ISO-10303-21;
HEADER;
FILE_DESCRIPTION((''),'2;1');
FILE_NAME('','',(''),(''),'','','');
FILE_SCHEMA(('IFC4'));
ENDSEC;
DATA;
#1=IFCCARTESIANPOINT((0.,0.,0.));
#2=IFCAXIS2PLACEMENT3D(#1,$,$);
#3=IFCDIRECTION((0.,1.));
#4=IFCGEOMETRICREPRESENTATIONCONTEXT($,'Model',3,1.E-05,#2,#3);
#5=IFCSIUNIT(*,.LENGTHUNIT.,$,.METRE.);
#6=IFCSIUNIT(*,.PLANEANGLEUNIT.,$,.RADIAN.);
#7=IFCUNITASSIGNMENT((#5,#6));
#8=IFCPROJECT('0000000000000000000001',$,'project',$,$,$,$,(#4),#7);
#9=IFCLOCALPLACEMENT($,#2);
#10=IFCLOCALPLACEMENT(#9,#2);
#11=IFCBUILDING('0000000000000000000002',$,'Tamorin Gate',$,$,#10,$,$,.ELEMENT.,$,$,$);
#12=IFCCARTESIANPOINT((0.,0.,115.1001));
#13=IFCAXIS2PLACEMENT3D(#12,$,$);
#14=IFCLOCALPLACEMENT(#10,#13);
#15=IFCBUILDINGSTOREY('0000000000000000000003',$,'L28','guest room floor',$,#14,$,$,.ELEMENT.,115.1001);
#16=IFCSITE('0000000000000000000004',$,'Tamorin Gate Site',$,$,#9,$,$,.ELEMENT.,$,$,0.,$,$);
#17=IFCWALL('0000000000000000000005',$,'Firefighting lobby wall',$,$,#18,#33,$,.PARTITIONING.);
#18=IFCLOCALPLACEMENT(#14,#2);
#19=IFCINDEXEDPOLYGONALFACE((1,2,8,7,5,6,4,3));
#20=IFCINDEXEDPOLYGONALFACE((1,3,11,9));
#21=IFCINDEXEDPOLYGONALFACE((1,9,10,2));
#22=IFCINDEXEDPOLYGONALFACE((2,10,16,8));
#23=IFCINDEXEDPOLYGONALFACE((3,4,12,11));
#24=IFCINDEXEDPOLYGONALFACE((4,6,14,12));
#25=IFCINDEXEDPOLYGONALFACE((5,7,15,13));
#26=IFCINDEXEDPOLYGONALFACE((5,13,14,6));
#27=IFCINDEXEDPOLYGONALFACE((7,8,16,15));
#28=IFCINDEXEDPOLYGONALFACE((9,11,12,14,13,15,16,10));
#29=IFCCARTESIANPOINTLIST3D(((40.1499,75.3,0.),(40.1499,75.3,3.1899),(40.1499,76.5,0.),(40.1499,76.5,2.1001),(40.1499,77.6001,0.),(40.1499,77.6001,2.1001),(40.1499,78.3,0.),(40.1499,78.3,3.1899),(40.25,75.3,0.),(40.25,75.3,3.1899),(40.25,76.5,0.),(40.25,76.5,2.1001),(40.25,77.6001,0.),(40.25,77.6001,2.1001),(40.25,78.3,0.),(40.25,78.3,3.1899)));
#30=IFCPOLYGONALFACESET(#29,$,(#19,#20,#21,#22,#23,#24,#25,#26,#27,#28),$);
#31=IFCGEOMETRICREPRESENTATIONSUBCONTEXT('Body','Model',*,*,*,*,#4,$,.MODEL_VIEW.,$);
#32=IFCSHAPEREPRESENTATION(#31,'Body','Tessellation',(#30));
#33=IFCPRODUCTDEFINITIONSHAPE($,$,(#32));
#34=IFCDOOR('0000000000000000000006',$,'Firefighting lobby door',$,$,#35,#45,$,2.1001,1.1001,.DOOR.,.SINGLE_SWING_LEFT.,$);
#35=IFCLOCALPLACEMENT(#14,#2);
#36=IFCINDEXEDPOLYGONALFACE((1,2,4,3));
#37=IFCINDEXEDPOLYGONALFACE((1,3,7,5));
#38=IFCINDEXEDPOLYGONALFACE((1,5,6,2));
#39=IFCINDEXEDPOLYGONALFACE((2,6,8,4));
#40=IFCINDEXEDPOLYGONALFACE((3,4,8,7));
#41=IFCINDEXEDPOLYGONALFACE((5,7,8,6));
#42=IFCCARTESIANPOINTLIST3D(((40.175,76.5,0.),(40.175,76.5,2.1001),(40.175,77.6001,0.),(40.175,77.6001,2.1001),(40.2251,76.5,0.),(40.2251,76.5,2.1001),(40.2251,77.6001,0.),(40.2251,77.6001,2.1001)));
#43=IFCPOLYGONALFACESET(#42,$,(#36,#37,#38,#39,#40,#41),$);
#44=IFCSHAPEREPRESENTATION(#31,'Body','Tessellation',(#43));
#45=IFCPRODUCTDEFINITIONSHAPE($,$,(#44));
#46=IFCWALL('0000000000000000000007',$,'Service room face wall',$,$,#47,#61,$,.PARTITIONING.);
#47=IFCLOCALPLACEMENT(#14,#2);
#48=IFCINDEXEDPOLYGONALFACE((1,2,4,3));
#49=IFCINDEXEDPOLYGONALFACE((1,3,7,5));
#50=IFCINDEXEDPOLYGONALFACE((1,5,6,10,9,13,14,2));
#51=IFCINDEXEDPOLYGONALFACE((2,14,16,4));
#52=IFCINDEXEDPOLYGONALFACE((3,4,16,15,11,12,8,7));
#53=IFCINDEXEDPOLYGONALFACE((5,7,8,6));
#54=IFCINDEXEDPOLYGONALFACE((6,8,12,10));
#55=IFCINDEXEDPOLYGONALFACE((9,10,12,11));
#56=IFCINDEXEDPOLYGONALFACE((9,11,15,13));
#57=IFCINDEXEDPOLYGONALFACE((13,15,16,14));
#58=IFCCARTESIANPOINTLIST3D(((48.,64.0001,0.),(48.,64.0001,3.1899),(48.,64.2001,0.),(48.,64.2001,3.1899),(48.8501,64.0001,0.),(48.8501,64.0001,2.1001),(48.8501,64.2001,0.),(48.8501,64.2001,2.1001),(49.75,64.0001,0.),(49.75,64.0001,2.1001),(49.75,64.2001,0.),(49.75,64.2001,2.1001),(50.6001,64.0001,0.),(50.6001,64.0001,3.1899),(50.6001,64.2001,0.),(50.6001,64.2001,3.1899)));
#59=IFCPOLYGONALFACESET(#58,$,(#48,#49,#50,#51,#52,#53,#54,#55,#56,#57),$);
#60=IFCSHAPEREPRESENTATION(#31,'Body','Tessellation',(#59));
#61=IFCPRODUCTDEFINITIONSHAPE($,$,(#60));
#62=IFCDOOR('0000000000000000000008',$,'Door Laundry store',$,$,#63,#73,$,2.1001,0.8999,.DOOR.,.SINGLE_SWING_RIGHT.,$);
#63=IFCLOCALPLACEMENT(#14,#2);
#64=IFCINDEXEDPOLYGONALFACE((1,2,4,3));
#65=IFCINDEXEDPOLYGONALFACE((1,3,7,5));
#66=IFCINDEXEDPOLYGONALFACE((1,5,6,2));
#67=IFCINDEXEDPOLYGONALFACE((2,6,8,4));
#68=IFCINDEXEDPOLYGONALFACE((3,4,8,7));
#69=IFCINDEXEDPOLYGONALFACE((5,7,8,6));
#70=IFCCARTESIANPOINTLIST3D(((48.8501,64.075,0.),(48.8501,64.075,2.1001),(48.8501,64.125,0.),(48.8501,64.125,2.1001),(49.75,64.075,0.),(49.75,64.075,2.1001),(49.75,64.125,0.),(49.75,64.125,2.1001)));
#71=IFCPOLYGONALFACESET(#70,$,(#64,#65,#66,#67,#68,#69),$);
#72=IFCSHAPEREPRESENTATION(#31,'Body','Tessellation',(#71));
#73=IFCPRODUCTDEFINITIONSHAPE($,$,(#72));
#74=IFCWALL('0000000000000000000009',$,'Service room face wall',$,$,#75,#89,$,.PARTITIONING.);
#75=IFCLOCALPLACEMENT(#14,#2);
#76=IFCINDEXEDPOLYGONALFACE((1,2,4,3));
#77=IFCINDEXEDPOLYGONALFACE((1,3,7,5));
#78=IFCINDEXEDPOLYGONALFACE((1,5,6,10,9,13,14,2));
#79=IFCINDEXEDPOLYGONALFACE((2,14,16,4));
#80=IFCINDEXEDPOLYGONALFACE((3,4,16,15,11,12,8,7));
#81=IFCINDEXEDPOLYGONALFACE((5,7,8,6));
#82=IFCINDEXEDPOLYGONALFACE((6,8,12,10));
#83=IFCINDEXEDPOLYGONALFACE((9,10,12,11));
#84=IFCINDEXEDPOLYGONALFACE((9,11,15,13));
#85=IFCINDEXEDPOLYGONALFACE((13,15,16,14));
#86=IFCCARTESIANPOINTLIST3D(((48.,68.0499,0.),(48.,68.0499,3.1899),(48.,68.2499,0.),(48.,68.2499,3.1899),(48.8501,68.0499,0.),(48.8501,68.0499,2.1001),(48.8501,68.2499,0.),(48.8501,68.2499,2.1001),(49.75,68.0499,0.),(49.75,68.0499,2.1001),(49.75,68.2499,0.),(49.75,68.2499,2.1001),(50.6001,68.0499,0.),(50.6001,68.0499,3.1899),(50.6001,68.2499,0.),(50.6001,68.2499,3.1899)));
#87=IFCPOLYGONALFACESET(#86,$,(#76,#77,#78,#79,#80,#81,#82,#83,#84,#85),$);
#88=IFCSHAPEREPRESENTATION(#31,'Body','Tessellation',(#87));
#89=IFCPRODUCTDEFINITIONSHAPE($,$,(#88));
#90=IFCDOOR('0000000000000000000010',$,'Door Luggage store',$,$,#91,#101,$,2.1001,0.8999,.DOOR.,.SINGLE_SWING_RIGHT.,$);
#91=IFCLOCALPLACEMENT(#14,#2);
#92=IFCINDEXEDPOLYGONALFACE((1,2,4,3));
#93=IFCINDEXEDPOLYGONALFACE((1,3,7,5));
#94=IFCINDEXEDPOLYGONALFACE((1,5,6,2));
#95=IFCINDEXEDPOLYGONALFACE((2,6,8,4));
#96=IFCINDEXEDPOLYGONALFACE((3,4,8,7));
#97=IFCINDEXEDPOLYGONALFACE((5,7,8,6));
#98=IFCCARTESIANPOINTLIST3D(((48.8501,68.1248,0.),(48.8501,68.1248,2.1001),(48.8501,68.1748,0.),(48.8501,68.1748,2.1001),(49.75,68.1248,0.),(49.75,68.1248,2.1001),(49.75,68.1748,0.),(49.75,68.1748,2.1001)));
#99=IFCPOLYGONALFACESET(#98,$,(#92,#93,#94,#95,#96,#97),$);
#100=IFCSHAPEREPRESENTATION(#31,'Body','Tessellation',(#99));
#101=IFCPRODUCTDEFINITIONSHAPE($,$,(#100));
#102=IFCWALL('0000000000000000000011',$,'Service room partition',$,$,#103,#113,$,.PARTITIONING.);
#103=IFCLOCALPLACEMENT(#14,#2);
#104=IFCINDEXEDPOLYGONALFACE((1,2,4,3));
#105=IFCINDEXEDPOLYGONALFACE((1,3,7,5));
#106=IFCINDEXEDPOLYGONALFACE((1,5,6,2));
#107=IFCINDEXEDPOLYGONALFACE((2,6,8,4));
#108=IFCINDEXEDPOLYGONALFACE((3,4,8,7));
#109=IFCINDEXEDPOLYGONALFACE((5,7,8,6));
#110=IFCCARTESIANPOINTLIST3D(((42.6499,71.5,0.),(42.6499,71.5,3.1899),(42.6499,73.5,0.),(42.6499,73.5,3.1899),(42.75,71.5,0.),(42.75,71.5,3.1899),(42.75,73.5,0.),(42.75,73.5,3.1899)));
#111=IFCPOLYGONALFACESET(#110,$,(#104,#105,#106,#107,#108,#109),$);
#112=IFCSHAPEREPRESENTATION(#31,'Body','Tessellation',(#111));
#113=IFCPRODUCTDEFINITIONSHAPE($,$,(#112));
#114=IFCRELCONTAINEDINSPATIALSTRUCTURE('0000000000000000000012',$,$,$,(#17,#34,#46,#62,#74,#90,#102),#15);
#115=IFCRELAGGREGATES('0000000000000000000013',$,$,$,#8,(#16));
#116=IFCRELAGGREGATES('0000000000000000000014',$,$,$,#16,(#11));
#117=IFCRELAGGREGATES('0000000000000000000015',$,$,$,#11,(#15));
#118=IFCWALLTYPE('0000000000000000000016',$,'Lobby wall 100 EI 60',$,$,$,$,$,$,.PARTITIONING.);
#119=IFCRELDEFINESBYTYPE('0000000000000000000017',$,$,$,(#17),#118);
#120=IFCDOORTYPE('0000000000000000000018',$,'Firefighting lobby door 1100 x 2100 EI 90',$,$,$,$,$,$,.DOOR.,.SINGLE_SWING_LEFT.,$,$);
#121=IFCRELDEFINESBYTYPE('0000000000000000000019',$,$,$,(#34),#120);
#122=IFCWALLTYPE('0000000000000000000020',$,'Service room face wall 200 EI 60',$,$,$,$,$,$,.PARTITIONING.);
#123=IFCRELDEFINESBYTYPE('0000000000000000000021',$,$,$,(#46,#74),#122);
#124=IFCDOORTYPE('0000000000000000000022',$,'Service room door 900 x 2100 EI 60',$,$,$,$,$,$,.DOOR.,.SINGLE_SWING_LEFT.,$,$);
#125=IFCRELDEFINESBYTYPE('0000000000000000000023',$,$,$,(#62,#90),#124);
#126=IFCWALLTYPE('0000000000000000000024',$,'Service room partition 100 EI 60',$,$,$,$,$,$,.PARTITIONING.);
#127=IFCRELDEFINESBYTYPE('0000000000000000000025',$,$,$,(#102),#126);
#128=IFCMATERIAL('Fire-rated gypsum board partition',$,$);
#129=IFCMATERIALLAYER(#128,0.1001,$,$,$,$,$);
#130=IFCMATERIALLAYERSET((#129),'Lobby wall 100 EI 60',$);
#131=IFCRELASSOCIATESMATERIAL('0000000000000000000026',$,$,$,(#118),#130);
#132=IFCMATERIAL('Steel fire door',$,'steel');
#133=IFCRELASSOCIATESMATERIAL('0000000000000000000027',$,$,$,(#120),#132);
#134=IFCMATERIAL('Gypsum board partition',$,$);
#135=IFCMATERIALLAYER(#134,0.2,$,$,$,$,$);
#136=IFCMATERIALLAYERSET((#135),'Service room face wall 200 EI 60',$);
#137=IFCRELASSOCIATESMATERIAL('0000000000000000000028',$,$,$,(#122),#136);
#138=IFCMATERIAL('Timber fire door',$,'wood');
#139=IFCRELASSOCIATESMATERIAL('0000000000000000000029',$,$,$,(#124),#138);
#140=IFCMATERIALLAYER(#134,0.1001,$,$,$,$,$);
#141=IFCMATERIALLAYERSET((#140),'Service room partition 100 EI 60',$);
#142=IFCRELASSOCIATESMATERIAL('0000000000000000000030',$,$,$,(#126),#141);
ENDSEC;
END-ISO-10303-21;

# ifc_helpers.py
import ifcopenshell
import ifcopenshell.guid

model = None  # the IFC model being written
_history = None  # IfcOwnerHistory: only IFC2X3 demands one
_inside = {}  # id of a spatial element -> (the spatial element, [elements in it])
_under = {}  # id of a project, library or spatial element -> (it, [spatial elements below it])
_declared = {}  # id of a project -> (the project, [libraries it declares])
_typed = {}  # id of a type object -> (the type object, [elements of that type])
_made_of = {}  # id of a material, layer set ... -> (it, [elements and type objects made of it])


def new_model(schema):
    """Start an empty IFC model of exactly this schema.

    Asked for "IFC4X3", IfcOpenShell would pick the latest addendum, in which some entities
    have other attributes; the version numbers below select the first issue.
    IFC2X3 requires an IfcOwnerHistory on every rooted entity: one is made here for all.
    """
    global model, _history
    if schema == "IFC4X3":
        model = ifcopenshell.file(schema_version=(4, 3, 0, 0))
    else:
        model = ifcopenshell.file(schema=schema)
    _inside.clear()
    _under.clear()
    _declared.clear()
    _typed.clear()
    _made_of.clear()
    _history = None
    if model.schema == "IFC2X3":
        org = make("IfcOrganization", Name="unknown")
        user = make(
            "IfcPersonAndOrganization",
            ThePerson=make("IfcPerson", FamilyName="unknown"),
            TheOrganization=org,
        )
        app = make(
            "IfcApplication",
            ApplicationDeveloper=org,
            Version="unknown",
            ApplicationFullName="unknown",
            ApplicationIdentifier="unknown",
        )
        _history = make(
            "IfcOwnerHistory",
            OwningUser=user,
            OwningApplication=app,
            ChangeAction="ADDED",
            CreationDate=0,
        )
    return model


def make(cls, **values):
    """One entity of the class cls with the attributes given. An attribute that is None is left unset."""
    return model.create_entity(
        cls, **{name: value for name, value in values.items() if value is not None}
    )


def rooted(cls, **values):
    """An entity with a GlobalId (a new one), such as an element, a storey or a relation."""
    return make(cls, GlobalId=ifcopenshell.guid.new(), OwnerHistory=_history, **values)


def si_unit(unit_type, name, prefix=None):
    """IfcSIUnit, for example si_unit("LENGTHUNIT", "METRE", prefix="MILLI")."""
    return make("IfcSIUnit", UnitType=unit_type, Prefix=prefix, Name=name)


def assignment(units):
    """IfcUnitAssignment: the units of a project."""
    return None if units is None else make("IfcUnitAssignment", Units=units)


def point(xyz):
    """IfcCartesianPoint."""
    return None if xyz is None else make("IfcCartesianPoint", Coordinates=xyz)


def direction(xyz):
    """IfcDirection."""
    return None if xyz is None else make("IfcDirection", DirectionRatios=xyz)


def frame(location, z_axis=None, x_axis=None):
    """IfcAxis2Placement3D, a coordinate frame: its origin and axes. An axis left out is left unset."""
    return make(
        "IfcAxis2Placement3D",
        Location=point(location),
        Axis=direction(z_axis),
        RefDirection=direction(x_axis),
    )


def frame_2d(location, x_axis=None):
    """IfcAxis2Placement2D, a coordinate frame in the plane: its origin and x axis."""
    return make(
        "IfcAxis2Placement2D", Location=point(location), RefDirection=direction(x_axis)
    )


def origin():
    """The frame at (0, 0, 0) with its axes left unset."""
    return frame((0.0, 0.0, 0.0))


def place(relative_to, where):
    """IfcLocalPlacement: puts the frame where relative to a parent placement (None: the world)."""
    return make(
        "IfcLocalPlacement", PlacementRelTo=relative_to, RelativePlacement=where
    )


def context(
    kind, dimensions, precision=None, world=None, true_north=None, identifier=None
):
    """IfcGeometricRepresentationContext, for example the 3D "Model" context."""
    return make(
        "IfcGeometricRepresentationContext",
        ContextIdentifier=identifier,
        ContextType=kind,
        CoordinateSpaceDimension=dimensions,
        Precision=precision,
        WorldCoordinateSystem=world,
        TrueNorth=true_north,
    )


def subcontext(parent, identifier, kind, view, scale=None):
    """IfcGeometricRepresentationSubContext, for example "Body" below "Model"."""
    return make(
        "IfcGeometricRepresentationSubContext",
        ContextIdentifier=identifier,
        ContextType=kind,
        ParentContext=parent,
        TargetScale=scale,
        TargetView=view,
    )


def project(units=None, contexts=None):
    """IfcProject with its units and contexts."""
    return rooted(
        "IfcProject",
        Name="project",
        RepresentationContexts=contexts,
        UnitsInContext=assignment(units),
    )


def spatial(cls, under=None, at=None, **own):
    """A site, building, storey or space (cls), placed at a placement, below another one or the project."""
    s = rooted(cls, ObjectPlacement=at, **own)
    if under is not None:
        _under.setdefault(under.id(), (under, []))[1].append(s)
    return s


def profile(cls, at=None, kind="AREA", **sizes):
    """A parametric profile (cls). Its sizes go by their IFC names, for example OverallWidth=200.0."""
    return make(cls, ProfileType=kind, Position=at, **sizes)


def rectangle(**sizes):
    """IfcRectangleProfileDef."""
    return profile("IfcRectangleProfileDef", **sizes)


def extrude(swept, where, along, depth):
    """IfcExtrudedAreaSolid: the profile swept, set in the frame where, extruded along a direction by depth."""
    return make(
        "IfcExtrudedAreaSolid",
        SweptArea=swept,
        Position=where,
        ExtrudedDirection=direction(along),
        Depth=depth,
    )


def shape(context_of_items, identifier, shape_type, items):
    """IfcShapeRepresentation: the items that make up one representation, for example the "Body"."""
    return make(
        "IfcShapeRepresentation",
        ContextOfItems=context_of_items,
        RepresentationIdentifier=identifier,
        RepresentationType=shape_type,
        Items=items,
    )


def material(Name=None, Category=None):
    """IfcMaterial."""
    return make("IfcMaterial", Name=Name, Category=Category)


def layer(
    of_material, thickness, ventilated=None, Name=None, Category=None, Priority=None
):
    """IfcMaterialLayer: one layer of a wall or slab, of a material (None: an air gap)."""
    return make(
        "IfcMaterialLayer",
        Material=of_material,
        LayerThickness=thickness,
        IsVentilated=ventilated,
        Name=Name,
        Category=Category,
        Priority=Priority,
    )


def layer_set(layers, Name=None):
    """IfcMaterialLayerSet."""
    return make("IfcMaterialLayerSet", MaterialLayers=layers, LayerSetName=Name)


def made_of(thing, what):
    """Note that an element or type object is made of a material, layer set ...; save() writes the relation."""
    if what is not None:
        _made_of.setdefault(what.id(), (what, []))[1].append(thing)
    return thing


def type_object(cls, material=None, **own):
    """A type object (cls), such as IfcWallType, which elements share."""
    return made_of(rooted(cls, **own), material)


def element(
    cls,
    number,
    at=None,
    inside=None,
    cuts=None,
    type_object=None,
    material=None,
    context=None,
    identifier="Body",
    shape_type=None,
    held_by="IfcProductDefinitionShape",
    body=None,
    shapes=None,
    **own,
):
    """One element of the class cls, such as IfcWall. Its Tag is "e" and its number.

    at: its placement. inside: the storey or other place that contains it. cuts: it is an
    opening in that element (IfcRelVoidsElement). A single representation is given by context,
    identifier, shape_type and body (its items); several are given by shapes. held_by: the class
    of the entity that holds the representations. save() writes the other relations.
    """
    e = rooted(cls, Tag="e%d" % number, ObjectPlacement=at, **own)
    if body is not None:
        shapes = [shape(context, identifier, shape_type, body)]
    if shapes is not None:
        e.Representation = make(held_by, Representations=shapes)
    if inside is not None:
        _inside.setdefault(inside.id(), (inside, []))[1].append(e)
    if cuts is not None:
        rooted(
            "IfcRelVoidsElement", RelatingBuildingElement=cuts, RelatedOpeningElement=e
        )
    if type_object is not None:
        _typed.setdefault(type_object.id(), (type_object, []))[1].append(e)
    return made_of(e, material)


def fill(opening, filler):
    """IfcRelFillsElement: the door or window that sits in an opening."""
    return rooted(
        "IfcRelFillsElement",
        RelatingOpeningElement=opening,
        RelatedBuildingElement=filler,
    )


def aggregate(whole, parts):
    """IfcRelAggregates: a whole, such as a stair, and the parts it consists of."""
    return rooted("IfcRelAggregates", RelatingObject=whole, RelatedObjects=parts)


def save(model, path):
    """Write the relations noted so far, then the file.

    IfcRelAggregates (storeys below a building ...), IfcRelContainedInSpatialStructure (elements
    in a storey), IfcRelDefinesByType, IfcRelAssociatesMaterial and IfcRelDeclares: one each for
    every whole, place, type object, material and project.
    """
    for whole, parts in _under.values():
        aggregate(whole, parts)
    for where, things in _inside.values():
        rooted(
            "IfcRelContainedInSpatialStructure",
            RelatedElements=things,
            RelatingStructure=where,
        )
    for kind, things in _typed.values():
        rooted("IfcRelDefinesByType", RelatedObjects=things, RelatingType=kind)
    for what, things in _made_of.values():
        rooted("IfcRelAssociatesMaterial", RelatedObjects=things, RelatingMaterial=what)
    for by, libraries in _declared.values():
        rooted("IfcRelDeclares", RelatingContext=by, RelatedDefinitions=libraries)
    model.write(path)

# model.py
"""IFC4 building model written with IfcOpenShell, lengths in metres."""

from ifc_helpers import new_model, si_unit, direction, frame, frame_2d, origin, place, context, subcontext, project, spatial, rectangle, extrude, material, layer, layer_set, type_object, element, fill, save


model = new_model("IFC4")

# Units and contexts
model_context = context("Model", 3, precision=1e-05, world=origin(), true_north=direction((0.0, 1.0)))
body_context = subcontext(model_context, "Body", "Model", "MODEL_VIEW")
ifc_project = project(units=[si_unit("LENGTHUNIT", "METRE"), si_unit("PLANEANGLEUNIT", "RADIAN")], contexts=[model_context])

# Site, building, storey
site_placement = place(None, origin())
site = spatial("IfcSite", under=ifc_project, at=site_placement, Name="Tamorin Gate Site", CompositionType="ELEMENT", RefElevation=0.0)
building_placement = place(site_placement, origin())
building = spatial("IfcBuilding", under=site, at=building_placement, Name="Tamorin Gate", CompositionType="ELEMENT")
storey_placement = place(building_placement, frame((0.0, 0.0, 115.1001)))
storey = spatial("IfcBuildingStorey", under=building, at=storey_placement, Name="L28", Description="guest room floor", CompositionType="ELEMENT", Elevation=115.1001)

# Shared definitions
ifc_material_1 = material(Name="Fire-rated gypsum board partition")
ifc_layer_1 = layer(ifc_material_1, 0.1001)
ifc_layer_set_1 = layer_set([ifc_layer_1], Name="Lobby wall 100 EI 60")
wall_type_1 = type_object("IfcWallType", Name="Lobby wall 100 EI 60", PredefinedType="PARTITIONING", material=ifc_layer_set_1)

# Walls, openings, doors
wall_1_placement = place(storey_placement, frame((40.2, 75.3, 0.0), z_axis=(0.0, 0.0, 1.0), x_axis=(0.0, 1.0, 0.0)))
wall_1 = element("IfcWall", 1, at=wall_1_placement, inside=storey, type_object=wall_type_1, Name="Firefighting lobby wall", PredefinedType="PARTITIONING", context=body_context, shape_type="SweptSolid", body=[
    extrude(rectangle(XDim=3.0, YDim=0.1001, at=frame_2d((1.5, 0.0))), origin(), (0.0, 0.0, 1.0), 3.1899),
])
opening_1_placement = place(wall_1_placement, frame((1.2, 0.0, 0.0)))
opening_1 = element("IfcOpeningElement", 2, at=opening_1_placement, cuts=wall_1, PredefinedType="OPENING", context=body_context, shape_type="SweptSolid", body=[
    extrude(rectangle(XDim=1.1001, YDim=2.1001, at=frame_2d((0.55, 1.05))), frame((0.0, 0.0601, 0.0), z_axis=(0.0, -1.0, 0.0), x_axis=(1.0, 0.0, 0.0)), (0.0, 0.0, 1.0), 0.1201),
])
ifc_material_2 = material(Name="Steel fire door", Category="steel")
door_type_1 = type_object("IfcDoorType", Name="Firefighting lobby door 1100 x 2100 EI 90", OperationType="SINGLE_SWING_LEFT", PredefinedType="DOOR", material=ifc_material_2)
door_1_placement = place(opening_1_placement, origin())
door_1 = element("IfcDoor", 3, at=door_1_placement, inside=storey, type_object=door_type_1, Name="Firefighting lobby door", OperationType="SINGLE_SWING_LEFT", OverallHeight=2.1001, OverallWidth=1.1001, PredefinedType="DOOR", context=body_context, shape_type="SweptSolid", body=[
    extrude(rectangle(XDim=1.1001, YDim=2.1001, at=frame_2d((0.55, 1.05))), frame((0.0, 0.0249, 0.0), z_axis=(0.0, -1.0, 0.0), x_axis=(1.0, 0.0, 0.0)), (0.0, 0.0, 1.0), 0.05),
])
fill(opening_1, door_1)
ifc_material_3 = material(Name="Gypsum board partition")
ifc_layer_2 = layer(ifc_material_3, 0.2)
ifc_layer_set_2 = layer_set([ifc_layer_2], Name="Service room face wall 200 EI 60")
wall_type_2 = type_object("IfcWallType", Name="Service room face wall 200 EI 60", PredefinedType="PARTITIONING", material=ifc_layer_set_2)
wall_2_placement = place(storey_placement, frame((48.0, 64.1001, 0.0), z_axis=(0.0, 0.0, 1.0), x_axis=(1.0, 0.0, 0.0)))
wall_2 = element("IfcWall", 4, at=wall_2_placement, inside=storey, type_object=wall_type_2, Name="Service room face wall", PredefinedType="PARTITIONING", context=body_context, shape_type="SweptSolid", body=[
    extrude(rectangle(XDim=2.6001, YDim=0.2, at=frame_2d((1.3, 0.0))), origin(), (0.0, 0.0, 1.0), 3.1899),
])
opening_2_placement = place(wall_2_placement, frame((0.8501, 0.0, 0.0)))
opening_2 = element("IfcOpeningElement", 5, at=opening_2_placement, cuts=wall_2, PredefinedType="OPENING", context=body_context, shape_type="SweptSolid", body=[
    extrude(rectangle(XDim=0.8999, YDim=2.1001, at=frame_2d((0.45, 1.05))), frame((0.0, 0.1099, 0.0), z_axis=(0.0, -1.0, 0.0), x_axis=(1.0, 0.0, 0.0)), (0.0, 0.0, 1.0), 0.22),
])
ifc_material_4 = material(Name="Timber fire door", Category="wood")
door_type_2 = type_object("IfcDoorType", Name="Service room door 900 x 2100 EI 60", OperationType="SINGLE_SWING_LEFT", PredefinedType="DOOR", material=ifc_material_4)
door_2_placement = place(opening_2_placement, origin())
door_2 = element("IfcDoor", 6, at=door_2_placement, inside=storey, type_object=door_type_2, Name="Door Laundry store", OperationType="SINGLE_SWING_RIGHT", OverallHeight=2.1001, OverallWidth=0.8999, PredefinedType="DOOR", context=body_context, shape_type="SweptSolid", body=[
    extrude(rectangle(XDim=0.8999, YDim=2.1001, at=frame_2d((0.45, 1.05))), frame((0.0, 0.0249, 0.0), z_axis=(0.0, -1.0, 0.0), x_axis=(1.0, 0.0, 0.0)), (0.0, 0.0, 1.0), 0.05),
])
fill(opening_2, door_2)
wall_3_placement = place(storey_placement, frame((48.0, 68.1499, 0.0), z_axis=(0.0, 0.0, 1.0), x_axis=(1.0, 0.0, 0.0)))
wall_3 = element("IfcWall", 7, at=wall_3_placement, inside=storey, type_object=wall_type_2, Name="Service room face wall", PredefinedType="PARTITIONING", context=body_context, shape_type="SweptSolid", body=[
    extrude(rectangle(XDim=2.6001, YDim=0.2, at=frame_2d((1.3, 0.0))), origin(), (0.0, 0.0, 1.0), 3.1899),
])
opening_3_placement = place(wall_3_placement, frame((0.8501, 0.0, 0.0)))
opening_3 = element("IfcOpeningElement", 8, at=opening_3_placement, cuts=wall_3, PredefinedType="OPENING", context=body_context, shape_type="SweptSolid", body=[
    extrude(rectangle(XDim=0.8999, YDim=2.1001, at=frame_2d((0.45, 1.05))), frame((0.0, 0.1099, 0.0), z_axis=(0.0, -1.0, 0.0), x_axis=(1.0, 0.0, 0.0)), (0.0, 0.0, 1.0), 0.22),
])
door_3_placement = place(opening_3_placement, origin())
door_3 = element("IfcDoor", 9, at=door_3_placement, inside=storey, type_object=door_type_2, Name="Door Luggage store", OperationType="SINGLE_SWING_RIGHT", OverallHeight=2.1001, OverallWidth=0.8999, PredefinedType="DOOR", context=body_context, shape_type="SweptSolid", body=[
    extrude(rectangle(XDim=0.8999, YDim=2.1001, at=frame_2d((0.45, 1.05))), frame((0.0, 0.0249, 0.0), z_axis=(0.0, -1.0, 0.0), x_axis=(1.0, 0.0, 0.0)), (0.0, 0.0, 1.0), 0.05),
])
fill(opening_3, door_3)

# Wall
ifc_layer_3 = layer(ifc_material_3, 0.1001)
ifc_layer_set_3 = layer_set([ifc_layer_3], Name="Service room partition 100 EI 60")
wall_type_3 = type_object("IfcWallType", Name="Service room partition 100 EI 60", PredefinedType="PARTITIONING", material=ifc_layer_set_3)
wall_4_placement = place(storey_placement, frame((42.7, 71.5, 0.0), z_axis=(0.0, 0.0, 1.0), x_axis=(0.0, 1.0, 0.0)))
element("IfcWall", 10, at=wall_4_placement, inside=storey, type_object=wall_type_3, Name="Service room partition", PredefinedType="PARTITIONING", context=body_context, shape_type="SweptSolid", body=[
    extrude(rectangle(XDim=2.0, YDim=0.1001, at=frame_2d((1.0, 0.0))), origin(), (0.0, 0.0, 1.0), 3.1899),
])

save(model, "model.ifc")
